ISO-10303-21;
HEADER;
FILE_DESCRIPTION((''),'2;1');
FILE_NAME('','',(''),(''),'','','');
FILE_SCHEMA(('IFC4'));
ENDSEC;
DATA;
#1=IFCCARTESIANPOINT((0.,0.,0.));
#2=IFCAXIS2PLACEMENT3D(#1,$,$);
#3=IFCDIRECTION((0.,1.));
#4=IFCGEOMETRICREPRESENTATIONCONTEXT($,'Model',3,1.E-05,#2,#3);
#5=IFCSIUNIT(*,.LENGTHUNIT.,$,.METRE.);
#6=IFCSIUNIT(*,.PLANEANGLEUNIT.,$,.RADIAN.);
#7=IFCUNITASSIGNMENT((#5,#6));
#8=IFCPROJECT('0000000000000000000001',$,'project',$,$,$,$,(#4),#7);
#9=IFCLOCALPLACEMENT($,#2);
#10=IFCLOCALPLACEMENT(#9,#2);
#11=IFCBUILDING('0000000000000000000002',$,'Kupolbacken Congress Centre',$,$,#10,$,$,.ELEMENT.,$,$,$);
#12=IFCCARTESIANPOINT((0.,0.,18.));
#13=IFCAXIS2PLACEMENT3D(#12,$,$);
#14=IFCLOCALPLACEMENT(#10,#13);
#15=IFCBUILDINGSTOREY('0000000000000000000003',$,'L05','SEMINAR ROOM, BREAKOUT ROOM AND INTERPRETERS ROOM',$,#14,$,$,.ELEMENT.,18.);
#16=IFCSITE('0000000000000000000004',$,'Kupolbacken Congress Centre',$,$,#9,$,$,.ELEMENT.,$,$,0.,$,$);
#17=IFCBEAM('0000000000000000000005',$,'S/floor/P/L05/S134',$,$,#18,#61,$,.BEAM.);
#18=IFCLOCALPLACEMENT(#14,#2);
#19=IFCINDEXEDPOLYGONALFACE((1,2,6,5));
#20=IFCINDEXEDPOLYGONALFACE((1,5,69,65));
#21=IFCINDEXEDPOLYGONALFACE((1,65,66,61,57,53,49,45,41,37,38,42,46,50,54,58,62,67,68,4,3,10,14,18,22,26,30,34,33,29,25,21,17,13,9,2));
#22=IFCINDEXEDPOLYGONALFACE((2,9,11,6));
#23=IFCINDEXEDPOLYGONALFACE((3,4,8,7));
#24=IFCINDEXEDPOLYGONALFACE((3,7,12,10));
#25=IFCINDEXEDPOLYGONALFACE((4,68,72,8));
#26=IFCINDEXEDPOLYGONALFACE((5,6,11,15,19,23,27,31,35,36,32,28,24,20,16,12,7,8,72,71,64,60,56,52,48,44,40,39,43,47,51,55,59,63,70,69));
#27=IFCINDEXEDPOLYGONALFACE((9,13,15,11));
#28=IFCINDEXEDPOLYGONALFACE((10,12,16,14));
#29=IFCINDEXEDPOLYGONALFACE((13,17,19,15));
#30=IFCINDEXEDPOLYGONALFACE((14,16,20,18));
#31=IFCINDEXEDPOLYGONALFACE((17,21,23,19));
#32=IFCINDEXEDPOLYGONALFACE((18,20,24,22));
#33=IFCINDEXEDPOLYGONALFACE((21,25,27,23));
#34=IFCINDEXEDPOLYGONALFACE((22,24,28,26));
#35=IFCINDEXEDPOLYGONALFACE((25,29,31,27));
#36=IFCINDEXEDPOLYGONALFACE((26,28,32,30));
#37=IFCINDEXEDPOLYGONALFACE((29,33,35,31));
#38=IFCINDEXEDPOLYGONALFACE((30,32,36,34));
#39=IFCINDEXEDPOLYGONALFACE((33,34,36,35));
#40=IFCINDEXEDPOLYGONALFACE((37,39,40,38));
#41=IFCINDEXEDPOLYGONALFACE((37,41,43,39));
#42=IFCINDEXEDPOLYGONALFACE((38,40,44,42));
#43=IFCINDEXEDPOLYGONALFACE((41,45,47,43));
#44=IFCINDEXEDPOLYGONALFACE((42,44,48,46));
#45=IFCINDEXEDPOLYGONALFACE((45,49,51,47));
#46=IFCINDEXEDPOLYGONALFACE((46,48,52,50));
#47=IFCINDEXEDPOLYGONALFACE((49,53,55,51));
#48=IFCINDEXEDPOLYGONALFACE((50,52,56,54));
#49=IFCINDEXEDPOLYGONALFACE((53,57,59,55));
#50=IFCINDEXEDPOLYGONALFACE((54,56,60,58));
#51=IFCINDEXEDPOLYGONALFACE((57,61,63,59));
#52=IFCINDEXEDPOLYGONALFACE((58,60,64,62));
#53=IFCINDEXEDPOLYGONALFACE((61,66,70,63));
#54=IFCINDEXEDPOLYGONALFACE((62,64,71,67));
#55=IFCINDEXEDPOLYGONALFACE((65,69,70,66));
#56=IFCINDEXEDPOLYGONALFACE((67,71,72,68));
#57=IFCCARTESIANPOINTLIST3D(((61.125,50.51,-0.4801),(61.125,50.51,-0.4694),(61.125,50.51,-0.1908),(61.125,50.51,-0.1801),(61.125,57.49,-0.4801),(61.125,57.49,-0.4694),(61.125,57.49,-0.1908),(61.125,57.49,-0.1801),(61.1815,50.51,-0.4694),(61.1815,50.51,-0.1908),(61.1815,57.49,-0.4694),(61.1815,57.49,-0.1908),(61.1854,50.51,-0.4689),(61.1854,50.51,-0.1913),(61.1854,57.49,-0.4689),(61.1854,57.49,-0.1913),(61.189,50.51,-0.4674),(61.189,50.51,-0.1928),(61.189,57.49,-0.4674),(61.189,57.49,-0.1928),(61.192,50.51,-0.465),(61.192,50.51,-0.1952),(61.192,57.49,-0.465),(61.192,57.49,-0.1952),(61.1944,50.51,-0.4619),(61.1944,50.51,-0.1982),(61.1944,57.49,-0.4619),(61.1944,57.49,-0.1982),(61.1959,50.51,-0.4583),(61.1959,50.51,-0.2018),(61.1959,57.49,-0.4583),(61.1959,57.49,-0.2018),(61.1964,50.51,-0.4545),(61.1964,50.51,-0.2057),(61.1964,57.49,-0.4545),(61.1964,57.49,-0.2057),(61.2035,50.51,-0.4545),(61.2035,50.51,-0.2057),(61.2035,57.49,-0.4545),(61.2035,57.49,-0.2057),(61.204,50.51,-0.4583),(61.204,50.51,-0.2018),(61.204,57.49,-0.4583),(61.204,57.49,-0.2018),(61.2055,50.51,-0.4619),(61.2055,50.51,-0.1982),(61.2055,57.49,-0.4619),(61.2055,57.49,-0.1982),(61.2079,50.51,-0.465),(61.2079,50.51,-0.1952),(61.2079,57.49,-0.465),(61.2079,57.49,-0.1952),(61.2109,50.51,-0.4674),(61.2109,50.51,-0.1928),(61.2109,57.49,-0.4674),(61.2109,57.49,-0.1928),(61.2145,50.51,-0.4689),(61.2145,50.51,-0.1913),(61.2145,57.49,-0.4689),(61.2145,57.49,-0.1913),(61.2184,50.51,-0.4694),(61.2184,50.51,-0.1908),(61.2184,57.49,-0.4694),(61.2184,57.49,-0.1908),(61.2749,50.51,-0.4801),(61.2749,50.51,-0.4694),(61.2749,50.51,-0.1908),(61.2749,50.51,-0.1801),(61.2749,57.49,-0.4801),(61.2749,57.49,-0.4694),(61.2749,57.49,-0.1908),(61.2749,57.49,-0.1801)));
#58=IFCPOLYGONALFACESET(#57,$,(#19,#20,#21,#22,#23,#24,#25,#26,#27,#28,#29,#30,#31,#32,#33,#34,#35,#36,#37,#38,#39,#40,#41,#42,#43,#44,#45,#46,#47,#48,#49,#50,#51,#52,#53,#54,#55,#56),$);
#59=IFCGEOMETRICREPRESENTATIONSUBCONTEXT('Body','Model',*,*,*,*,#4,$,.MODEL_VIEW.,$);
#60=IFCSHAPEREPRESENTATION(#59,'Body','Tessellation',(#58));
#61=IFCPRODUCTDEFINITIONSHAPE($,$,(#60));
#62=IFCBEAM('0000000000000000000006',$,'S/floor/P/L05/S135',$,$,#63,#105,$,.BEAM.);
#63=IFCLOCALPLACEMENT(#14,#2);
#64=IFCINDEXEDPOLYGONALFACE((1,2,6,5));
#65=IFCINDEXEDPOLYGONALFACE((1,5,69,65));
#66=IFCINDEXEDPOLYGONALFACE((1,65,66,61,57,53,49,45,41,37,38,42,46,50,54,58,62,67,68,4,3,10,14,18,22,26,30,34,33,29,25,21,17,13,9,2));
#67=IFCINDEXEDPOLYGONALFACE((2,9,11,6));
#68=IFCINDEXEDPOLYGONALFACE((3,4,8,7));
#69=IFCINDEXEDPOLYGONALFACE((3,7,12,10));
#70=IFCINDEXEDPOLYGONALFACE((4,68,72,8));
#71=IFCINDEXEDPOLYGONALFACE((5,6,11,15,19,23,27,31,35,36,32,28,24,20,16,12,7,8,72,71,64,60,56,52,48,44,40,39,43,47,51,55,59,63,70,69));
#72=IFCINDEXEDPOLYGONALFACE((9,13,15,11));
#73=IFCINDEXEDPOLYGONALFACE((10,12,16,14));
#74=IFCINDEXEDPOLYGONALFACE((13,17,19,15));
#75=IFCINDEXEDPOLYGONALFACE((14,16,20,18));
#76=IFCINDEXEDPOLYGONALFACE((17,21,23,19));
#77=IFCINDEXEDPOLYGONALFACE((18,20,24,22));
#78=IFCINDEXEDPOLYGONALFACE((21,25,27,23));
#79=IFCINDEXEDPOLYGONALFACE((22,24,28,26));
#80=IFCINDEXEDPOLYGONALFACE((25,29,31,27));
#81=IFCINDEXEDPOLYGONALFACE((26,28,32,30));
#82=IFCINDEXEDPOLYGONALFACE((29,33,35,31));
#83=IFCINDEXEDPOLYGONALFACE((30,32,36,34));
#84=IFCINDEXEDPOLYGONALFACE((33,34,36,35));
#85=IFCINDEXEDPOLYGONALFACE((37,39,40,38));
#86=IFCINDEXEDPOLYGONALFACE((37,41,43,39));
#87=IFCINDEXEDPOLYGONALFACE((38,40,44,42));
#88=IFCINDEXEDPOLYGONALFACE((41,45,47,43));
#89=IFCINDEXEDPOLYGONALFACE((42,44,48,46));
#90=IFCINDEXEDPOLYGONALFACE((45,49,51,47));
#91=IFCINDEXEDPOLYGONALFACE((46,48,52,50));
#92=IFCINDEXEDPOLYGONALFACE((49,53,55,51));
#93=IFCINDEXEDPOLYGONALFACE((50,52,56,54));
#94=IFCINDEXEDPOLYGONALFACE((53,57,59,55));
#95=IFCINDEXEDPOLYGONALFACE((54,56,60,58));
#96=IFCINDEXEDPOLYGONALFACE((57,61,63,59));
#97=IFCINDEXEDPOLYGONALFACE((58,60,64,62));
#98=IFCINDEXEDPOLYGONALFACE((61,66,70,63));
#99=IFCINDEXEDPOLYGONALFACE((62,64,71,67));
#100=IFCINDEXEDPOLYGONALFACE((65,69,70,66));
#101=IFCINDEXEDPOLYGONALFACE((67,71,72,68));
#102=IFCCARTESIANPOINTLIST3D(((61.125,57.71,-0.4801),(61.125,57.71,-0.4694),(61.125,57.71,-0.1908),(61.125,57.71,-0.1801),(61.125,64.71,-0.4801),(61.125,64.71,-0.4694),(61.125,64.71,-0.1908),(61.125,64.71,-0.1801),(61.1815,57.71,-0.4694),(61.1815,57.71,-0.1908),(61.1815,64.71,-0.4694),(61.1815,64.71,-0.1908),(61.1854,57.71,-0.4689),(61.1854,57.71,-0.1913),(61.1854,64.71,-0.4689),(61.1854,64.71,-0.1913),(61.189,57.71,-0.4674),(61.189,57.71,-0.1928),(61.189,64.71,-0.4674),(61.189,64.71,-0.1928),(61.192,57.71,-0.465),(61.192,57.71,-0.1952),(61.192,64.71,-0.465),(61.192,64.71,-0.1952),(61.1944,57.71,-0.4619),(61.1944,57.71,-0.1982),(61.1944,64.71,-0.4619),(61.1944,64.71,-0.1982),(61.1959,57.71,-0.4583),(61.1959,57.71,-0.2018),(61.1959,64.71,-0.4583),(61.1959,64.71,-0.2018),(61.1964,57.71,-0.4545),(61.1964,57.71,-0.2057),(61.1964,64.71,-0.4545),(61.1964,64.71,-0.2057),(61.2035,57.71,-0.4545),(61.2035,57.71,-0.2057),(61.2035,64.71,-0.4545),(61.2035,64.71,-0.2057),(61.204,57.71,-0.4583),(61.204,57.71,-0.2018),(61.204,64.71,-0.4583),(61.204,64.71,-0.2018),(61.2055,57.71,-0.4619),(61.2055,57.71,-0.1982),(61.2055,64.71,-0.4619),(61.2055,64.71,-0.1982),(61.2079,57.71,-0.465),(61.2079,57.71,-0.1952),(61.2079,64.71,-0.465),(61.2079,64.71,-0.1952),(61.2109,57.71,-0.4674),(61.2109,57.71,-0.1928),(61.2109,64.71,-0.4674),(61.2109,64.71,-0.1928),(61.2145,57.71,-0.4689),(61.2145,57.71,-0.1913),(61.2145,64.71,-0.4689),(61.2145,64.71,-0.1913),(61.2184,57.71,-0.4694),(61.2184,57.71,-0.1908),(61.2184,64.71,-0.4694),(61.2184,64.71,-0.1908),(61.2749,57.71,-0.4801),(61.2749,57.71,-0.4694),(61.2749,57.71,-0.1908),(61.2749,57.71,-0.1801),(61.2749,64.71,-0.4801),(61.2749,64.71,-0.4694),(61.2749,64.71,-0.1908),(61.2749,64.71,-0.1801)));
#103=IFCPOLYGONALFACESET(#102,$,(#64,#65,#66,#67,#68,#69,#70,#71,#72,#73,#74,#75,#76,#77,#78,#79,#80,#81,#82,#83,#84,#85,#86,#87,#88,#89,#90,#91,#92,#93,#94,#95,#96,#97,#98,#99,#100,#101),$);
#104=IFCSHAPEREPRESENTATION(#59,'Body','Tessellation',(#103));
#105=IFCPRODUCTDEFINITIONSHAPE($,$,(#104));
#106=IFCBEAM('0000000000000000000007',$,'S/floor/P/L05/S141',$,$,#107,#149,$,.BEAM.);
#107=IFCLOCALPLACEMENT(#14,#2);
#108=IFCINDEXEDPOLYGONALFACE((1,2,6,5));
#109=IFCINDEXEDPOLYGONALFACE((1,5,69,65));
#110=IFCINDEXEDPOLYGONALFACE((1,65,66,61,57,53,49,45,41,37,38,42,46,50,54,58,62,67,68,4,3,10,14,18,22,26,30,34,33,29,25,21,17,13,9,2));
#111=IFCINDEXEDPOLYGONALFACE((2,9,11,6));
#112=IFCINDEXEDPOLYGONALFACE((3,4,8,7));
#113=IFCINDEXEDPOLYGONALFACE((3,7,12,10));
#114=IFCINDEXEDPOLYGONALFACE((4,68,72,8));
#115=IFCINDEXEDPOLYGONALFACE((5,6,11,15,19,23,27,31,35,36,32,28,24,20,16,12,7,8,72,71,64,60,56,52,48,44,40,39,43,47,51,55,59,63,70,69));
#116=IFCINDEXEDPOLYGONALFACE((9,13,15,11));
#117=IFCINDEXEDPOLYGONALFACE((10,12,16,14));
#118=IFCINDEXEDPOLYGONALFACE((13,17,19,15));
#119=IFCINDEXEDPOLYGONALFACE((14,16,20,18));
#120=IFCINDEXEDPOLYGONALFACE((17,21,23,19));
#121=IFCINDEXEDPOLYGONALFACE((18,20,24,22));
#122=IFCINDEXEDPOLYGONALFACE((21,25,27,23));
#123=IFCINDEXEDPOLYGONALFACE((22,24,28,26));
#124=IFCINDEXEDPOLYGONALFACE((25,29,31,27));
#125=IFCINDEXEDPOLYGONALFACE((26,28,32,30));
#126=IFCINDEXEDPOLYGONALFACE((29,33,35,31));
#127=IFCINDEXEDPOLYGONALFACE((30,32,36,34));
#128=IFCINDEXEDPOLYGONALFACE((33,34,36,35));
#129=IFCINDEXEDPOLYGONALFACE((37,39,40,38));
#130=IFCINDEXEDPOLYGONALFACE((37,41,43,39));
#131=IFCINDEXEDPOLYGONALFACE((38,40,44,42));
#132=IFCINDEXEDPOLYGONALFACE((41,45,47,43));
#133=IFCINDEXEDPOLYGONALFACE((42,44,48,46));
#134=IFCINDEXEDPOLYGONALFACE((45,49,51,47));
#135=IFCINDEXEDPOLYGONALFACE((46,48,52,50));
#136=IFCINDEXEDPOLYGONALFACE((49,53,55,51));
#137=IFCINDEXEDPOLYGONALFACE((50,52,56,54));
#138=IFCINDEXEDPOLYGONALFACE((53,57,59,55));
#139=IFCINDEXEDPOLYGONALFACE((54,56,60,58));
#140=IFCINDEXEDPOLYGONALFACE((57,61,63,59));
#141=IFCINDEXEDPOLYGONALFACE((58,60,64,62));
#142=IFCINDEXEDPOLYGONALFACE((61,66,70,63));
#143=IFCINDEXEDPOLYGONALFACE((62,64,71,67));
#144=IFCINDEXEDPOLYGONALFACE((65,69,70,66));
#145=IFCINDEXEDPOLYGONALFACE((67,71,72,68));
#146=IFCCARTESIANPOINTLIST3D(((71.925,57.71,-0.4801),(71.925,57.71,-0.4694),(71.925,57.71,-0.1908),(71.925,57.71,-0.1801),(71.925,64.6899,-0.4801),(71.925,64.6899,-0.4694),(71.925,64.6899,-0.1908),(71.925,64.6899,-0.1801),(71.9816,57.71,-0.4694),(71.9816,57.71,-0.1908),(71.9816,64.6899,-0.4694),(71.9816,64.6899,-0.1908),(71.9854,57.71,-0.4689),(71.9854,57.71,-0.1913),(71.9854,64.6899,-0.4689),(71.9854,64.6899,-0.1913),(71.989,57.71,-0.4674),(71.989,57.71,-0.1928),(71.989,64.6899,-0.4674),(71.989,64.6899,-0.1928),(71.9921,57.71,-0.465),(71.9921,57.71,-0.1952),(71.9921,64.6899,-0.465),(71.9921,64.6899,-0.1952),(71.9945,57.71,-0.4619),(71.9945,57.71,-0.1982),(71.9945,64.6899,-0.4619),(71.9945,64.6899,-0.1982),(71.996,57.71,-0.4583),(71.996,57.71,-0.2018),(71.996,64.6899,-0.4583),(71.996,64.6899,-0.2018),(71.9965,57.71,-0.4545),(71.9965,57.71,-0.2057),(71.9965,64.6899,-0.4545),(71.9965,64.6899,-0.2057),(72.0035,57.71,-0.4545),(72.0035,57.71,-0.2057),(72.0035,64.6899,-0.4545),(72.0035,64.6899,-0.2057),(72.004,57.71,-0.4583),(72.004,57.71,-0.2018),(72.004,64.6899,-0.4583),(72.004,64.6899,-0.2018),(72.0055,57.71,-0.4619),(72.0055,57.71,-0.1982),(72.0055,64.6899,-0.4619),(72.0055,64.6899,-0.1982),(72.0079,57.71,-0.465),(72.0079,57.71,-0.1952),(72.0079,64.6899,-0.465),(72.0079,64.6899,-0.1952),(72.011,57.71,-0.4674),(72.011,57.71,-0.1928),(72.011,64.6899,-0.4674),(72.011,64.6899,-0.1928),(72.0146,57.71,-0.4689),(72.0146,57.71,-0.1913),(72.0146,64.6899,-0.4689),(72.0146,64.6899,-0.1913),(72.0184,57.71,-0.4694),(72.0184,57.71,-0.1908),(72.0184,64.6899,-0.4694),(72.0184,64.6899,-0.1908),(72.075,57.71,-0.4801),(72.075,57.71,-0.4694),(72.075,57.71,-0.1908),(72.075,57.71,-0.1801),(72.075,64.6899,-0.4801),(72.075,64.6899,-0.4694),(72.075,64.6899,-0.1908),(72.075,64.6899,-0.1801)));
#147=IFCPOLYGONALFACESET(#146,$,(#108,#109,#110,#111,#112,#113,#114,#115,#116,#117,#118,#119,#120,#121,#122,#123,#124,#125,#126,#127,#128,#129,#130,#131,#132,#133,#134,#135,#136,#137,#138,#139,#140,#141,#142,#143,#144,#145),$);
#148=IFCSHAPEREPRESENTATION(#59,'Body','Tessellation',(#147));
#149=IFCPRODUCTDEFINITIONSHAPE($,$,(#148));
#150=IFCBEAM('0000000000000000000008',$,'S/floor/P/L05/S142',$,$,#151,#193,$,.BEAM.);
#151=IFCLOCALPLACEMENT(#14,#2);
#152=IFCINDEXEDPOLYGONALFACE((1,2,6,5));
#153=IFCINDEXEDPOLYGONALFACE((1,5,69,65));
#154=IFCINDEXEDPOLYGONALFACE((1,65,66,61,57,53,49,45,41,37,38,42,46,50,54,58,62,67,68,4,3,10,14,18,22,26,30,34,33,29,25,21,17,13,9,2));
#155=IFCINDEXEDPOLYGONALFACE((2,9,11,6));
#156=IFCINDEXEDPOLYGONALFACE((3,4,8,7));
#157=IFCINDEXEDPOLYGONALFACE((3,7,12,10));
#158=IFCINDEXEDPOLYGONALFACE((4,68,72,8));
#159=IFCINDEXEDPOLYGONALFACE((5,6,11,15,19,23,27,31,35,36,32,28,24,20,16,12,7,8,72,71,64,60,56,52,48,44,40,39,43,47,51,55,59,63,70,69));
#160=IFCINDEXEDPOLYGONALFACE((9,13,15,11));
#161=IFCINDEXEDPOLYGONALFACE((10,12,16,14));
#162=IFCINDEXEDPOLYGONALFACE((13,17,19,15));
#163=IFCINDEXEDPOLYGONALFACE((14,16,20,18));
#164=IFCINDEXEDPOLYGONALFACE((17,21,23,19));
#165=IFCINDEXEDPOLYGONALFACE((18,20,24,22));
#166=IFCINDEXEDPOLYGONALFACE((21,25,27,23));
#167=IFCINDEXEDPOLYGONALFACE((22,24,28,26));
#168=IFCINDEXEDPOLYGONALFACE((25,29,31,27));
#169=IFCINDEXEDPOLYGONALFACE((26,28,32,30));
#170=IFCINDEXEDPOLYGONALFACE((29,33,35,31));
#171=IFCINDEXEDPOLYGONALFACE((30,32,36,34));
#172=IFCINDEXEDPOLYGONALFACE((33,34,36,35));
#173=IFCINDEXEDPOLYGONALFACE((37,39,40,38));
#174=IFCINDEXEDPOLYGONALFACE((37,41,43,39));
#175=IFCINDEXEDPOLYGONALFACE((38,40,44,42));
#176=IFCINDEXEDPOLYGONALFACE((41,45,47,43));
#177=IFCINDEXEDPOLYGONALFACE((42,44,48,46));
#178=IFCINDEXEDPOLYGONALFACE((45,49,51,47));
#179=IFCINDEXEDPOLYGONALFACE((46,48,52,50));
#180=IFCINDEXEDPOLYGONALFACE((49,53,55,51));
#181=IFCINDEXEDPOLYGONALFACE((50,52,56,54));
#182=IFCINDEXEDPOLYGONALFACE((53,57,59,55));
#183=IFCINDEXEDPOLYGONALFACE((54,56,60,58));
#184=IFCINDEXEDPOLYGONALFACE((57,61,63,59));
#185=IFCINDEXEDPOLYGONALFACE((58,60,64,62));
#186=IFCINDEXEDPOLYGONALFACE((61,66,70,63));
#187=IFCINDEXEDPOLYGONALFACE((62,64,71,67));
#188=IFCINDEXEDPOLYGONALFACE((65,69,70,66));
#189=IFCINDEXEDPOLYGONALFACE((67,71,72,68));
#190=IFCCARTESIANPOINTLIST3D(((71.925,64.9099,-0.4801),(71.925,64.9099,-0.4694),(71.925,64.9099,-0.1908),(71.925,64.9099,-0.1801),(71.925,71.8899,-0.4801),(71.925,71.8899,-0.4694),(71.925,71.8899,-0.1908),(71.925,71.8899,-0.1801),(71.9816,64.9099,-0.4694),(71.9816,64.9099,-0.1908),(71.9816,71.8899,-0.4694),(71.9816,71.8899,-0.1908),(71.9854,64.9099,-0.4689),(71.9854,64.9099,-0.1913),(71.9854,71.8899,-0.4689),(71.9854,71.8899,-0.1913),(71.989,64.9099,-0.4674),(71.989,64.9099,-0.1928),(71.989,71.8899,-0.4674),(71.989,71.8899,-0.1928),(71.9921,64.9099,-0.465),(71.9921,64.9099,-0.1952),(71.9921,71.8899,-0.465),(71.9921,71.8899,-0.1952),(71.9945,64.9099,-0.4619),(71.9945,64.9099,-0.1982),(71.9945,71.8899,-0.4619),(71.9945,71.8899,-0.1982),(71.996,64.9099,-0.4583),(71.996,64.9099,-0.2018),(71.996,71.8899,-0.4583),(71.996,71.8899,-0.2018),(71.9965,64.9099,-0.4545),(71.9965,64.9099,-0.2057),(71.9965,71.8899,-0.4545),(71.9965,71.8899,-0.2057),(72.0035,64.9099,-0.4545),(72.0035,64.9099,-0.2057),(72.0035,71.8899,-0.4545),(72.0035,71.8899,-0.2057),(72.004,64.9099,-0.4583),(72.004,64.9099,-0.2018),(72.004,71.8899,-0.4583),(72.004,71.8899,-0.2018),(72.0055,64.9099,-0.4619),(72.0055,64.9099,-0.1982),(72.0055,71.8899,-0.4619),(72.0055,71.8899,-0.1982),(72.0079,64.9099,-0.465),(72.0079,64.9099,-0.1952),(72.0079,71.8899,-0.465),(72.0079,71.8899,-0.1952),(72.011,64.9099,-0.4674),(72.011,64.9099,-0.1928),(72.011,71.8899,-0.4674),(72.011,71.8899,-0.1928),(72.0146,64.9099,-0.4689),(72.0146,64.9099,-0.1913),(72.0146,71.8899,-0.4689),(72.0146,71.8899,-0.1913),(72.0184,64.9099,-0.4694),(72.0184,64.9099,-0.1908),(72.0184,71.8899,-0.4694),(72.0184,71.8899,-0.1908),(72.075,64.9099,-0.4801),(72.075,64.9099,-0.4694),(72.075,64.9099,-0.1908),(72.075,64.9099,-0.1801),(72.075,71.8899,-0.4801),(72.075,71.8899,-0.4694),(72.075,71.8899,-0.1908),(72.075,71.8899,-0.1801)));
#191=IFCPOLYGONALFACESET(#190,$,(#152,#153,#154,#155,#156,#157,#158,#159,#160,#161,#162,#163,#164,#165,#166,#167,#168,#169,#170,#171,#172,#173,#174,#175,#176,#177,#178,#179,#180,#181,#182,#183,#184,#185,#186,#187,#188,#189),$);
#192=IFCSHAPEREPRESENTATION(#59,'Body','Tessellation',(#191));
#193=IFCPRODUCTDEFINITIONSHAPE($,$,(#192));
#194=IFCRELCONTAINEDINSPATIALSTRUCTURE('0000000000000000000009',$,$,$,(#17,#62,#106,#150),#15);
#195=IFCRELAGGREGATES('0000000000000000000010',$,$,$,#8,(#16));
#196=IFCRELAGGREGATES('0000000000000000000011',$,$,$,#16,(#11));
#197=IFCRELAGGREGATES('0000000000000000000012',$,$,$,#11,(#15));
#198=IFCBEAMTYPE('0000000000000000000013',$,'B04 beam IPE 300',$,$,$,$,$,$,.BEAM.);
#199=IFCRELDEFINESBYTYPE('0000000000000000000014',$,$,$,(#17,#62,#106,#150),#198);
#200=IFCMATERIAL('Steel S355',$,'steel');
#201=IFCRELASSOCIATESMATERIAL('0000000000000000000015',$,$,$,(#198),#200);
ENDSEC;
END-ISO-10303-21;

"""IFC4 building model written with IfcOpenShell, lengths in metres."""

from ifc_helpers import new_model, si_unit, direction, frame, origin, origin_2d, place, context, subcontext, project, spatial, i_section, extrude, material, material_profile, profile_set, type_object, element, save


model = new_model("IFC4")

# Units and contexts
model_context = context("Model", 3, precision=1e-05, world=origin(), true_north=direction((0.0, 1.0)))
body_context = subcontext(model_context, "Body", "Model", "MODEL_VIEW")
ifc_project = project(units=[si_unit("LENGTHUNIT", "METRE"), si_unit("PLANEANGLEUNIT", "RADIAN")], contexts=[model_context])

# Site, building, storey
site_placement = place(None, origin())
site = spatial("IfcSite", under=ifc_project, at=site_placement, Name="Kupolbacken Congress Centre", CompositionType="ELEMENT", RefElevation=0.0)
building_placement = place(site_placement, origin())
building = spatial("IfcBuilding", under=site, at=building_placement, Name="Kupolbacken Congress Centre", CompositionType="ELEMENT")
storey_placement = place(building_placement, frame((0.0, 0.0, 18.0)))
storey = spatial("IfcBuildingStorey", under=building, at=storey_placement, Name="L05", Description="SEMINAR ROOM, BREAKOUT ROOM AND INTERPRETERS ROOM", CompositionType="ELEMENT", Elevation=18.0)

# Beams
ifc_material_1 = material(Name="Steel S355", Category="steel")
ifc_material_profile_1 = material_profile(ifc_material_1, i_section(OverallWidth=0.1499, OverallDepth=0.3, WebThickness=0.0071, FlangeThickness=0.0107, FilletRadius=0.0149, at=origin_2d()), Name="IPE 300")
ifc_profile_set_1 = profile_set([ifc_material_profile_1], Name="Steel S355")
beam_type_1 = type_object("IfcBeamType", Name="B04 beam IPE 300", PredefinedType="BEAM", material=ifc_profile_set_1)
beam_1_placement = place(storey_placement, frame((61.2, 50.51, -0.3301), z_axis=(0.0, 1.0, 0.0), x_axis=(-1.0, 0.0, 0.0)))
element("IfcBeam", 1, at=beam_1_placement, inside=storey, type_object=beam_type_1, Name="S/floor/P/L05/S134", PredefinedType="BEAM", context=body_context, shape_type="SweptSolid", body=[
    extrude(i_section(OverallWidth=0.1499, OverallDepth=0.3, WebThickness=0.0071, FlangeThickness=0.0107, FilletRadius=0.0149, at=origin_2d()), origin(), (0.0, 0.0, 1.0), 6.98),
])
beam_2_placement = place(storey_placement, frame((61.2, 57.71, -0.3301), z_axis=(0.0, 1.0, 0.0), x_axis=(-1.0, 0.0, 0.0)))
element("IfcBeam", 2, at=beam_2_placement, inside=storey, type_object=beam_type_1, Name="S/floor/P/L05/S135", PredefinedType="BEAM", context=body_context, shape_type="SweptSolid", body=[
    extrude(i_section(OverallWidth=0.1499, OverallDepth=0.3, WebThickness=0.0071, FlangeThickness=0.0107, FilletRadius=0.0149, at=origin_2d()), origin(), (0.0, 0.0, 1.0), 7.0),
])
for number, where, z_axis, x_axis, name in (
    (3, (72.0, 57.71, -0.3301), (0.0, 1.0, 0.0), (-1.0, 0.0, 0.0), "S/floor/P/L05/S141"),
    (4, (72.0, 64.9099, -0.3301), (0.0, 1.0, 0.0), (-1.0, 0.0, 0.0), "S/floor/P/L05/S142"),
):
    element("IfcBeam", number, at=place(storey_placement, frame(where, z_axis=z_axis, x_axis=x_axis)), inside=storey, type_object=beam_type_1, Name=name, PredefinedType="BEAM", context=body_context, shape_type="SweptSolid", body=[
        extrude(i_section(OverallWidth=0.1499, OverallDepth=0.3, WebThickness=0.0071, FlangeThickness=0.0107, FilletRadius=0.0149, at=origin_2d()), origin(), (0.0, 0.0, 1.0), 6.98),
    ])

save(model, "model.ifc")
